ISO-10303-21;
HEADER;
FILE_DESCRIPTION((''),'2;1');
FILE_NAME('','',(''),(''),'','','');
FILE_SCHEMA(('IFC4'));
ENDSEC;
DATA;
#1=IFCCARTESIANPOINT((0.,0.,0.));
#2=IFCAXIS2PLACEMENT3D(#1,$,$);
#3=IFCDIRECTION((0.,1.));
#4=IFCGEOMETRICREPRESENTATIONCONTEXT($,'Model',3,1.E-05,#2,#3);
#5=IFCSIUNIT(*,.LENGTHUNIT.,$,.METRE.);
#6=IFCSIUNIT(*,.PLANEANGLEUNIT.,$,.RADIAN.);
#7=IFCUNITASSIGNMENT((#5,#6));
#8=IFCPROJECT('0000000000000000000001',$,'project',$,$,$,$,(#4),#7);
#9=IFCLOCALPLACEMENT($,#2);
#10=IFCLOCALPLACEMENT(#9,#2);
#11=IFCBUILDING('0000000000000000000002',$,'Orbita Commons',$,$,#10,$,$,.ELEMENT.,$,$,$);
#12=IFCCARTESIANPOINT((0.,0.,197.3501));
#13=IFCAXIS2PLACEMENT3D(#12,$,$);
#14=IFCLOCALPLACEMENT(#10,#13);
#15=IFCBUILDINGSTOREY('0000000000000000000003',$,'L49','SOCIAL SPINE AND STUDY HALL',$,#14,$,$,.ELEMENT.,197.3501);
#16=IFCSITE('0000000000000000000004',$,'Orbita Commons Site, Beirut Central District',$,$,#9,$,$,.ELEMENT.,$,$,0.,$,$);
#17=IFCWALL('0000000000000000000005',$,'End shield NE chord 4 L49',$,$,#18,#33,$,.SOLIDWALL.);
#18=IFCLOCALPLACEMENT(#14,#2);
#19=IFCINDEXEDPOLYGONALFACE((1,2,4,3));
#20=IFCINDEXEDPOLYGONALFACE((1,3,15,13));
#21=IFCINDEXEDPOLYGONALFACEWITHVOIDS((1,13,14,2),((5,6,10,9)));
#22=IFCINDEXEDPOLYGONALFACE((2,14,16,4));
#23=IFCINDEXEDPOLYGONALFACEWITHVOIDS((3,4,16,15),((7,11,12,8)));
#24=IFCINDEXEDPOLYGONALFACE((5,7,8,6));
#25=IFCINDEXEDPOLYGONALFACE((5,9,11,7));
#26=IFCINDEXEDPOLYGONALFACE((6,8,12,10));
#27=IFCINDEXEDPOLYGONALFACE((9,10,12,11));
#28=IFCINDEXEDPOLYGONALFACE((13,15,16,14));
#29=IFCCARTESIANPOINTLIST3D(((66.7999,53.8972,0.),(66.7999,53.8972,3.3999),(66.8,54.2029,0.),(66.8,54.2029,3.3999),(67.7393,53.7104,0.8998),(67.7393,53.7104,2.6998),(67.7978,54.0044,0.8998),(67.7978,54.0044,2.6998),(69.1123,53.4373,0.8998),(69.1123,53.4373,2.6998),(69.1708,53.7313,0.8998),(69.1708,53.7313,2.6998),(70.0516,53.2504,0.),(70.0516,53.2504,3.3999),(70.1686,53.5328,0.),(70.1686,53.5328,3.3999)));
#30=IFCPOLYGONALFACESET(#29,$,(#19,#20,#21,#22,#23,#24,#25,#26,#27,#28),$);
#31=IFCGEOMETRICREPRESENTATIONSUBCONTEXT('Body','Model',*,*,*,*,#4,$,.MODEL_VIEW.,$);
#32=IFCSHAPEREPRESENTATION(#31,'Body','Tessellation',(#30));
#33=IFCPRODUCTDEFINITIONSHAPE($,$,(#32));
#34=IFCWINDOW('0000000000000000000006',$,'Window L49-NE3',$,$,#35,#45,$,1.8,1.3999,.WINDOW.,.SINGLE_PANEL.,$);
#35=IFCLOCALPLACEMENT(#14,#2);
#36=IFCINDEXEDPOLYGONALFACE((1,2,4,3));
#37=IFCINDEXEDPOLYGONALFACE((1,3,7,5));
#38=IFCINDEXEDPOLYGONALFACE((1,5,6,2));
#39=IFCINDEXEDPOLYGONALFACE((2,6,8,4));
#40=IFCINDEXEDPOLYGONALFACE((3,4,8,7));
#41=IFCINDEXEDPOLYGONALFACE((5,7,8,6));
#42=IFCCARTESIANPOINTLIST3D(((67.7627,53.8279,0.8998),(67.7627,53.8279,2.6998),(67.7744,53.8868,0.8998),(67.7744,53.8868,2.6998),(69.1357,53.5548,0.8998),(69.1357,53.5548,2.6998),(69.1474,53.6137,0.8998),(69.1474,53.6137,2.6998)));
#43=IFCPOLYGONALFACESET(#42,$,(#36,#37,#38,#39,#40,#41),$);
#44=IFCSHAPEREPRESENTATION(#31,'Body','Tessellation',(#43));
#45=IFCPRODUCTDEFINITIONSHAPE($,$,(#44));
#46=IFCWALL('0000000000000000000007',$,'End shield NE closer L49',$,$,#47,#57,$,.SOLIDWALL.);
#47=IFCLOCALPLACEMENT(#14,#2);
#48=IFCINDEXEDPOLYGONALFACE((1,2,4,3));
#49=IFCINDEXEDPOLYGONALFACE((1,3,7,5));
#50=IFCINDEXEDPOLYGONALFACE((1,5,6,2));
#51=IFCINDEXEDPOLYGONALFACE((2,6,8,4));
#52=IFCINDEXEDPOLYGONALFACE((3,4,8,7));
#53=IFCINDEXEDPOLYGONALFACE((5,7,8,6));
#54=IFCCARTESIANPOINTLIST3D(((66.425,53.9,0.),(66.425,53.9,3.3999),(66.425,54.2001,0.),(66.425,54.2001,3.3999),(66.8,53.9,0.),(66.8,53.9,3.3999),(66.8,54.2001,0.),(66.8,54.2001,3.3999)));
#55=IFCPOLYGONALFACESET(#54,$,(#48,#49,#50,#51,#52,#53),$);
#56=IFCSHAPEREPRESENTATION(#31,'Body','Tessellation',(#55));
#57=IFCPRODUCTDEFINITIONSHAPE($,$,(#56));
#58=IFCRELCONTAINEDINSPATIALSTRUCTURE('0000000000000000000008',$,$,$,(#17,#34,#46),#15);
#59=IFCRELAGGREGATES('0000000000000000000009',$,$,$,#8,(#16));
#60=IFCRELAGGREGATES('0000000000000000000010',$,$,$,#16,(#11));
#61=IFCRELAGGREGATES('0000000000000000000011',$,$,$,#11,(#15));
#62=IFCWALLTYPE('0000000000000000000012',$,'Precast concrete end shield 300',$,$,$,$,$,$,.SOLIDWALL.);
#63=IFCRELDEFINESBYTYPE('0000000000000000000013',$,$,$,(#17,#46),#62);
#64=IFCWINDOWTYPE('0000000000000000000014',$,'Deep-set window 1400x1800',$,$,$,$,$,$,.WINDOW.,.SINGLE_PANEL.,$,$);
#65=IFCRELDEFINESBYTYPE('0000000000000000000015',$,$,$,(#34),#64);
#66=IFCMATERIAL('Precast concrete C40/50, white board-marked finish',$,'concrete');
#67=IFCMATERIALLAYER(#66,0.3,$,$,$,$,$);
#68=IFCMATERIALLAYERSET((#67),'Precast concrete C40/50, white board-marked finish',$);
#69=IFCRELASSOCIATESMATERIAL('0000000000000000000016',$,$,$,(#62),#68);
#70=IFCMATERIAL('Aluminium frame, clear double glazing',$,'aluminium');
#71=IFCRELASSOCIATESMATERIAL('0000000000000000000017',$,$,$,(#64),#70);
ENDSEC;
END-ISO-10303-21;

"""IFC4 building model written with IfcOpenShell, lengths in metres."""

from ifc_helpers import new_model, si_unit, direction, frame, frame_2d, origin, place, context, subcontext, project, spatial, polyline, rectangle, outline, extrude, material, layer, layer_set, type_object, element, fill, save


model = new_model("IFC4")

# Units and contexts
model_context = context("Model", 3, precision=1e-05, world=origin(), true_north=direction((0.0, 1.0)))
body_context = subcontext(model_context, "Body", "Model", "MODEL_VIEW")
ifc_project = project(units=[si_unit("LENGTHUNIT", "METRE"), si_unit("PLANEANGLEUNIT", "RADIAN")], contexts=[model_context])

# Site, building, storey
site_placement = place(None, origin())
site = spatial("IfcSite", under=ifc_project, at=site_placement, Name="Orbita Commons Site, Beirut Central District", CompositionType="ELEMENT", RefElevation=0.0)
building_placement = place(site_placement, origin())
building = spatial("IfcBuilding", under=site, at=building_placement, Name="Orbita Commons", CompositionType="ELEMENT")
storey_placement = place(building_placement, frame((0.0, 0.0, 197.3501)))
storey = spatial("IfcBuildingStorey", under=building, at=storey_placement, Name="L49", Description="SOCIAL SPINE AND STUDY HALL", CompositionType="ELEMENT", Elevation=197.3501)

# Wall, opening, window
ifc_material_1 = material(Name="Precast concrete C40/50, white board-marked finish", Category="concrete")
ifc_layer_1 = layer(ifc_material_1, 0.3)
ifc_layer_set_1 = layer_set([ifc_layer_1], Name="Precast concrete C40/50, white board-marked finish")
wall_type_1 = type_object("IfcWallType", Name="Precast concrete end shield 300", PredefinedType="SOLIDWALL", material=ifc_layer_set_1)
ifc_material_2 = material(Name="Aluminium frame, clear double glazing", Category="aluminium")
window_type = type_object("IfcWindowType", Name="Deep-set window 1400x1800", PartitioningType="SINGLE_PANEL", PredefinedType="WINDOW", material=ifc_material_2)
wall_1_placement = place(storey_placement, frame((70.1101, 53.3916, 0.0), z_axis=(0.0, 0.0, 1.0), x_axis=(-0.980783, 0.1951, 0.0)))
wall_1 = element("IfcWall", 1, at=wall_1_placement, inside=storey, type_object=wall_type_1, Name="End shield NE chord 4 L49", PredefinedType="SOLIDWALL", context=body_context, shape_type="SweptSolid", body=[
    extrude(outline(polyline([(-0.0298, -0.1499), (3.4048, -0.1499), (3.3452, 0.1499), (0.0298, 0.1499), (-0.0298, -0.1499)])), origin(), (0.0, 0.0, 1.0), 3.3999),
])
opening_1_placement = place(wall_1_placement, frame((0.9875, 0.0, 0.8999)))
opening_1 = element("IfcOpeningElement", 2, at=opening_1_placement, cuts=wall_1, PredefinedType="OPENING", context=body_context, shape_type="SweptSolid", body=[
    extrude(rectangle(XDim=1.3999, YDim=1.8, at=frame_2d((0.7, 0.8999))), frame((0.0, 0.1599, 0.0), z_axis=(0.0, -1.0, 0.0), x_axis=(1.0, 0.0, 0.0)), (0.0, 0.0, 1.0), 0.3201),
])
window_1_placement = place(opening_1_placement, origin())
window_1 = element("IfcWindow", 3, at=window_1_placement, inside=storey, type_object=window_type, Name="Window L49-NE3", OverallHeight=1.8, OverallWidth=1.3999, PartitioningType="SINGLE_PANEL", PredefinedType="WINDOW", context=body_context, shape_type="SweptSolid", body=[
    extrude(rectangle(XDim=1.3999, YDim=1.8, at=frame_2d((0.7, 0.8999))), frame((0.0, 0.03, 0.0), z_axis=(0.0, -1.0, 0.0), x_axis=(1.0, 0.0, 0.0)), (0.0, 0.0, 1.0), 0.0601),
])
fill(opening_1, window_1)

# Wall
wall_2_placement = place(storey_placement, frame((66.8, 54.05, 0.0), z_axis=(0.0, 0.0, 1.0), x_axis=(-1.0, 0.0, 0.0)))
element("IfcWall", 4, at=wall_2_placement, inside=storey, type_object=wall_type_1, Name="End shield NE closer L49", PredefinedType="SOLIDWALL", context=body_context, shape_type="SweptSolid", body=[
    extrude(rectangle(XDim=0.375, YDim=0.3, at=frame_2d((0.1875, 0.0))), origin(), (0.0, 0.0, 1.0), 3.3999),
])

save(model, "model.ifc")
